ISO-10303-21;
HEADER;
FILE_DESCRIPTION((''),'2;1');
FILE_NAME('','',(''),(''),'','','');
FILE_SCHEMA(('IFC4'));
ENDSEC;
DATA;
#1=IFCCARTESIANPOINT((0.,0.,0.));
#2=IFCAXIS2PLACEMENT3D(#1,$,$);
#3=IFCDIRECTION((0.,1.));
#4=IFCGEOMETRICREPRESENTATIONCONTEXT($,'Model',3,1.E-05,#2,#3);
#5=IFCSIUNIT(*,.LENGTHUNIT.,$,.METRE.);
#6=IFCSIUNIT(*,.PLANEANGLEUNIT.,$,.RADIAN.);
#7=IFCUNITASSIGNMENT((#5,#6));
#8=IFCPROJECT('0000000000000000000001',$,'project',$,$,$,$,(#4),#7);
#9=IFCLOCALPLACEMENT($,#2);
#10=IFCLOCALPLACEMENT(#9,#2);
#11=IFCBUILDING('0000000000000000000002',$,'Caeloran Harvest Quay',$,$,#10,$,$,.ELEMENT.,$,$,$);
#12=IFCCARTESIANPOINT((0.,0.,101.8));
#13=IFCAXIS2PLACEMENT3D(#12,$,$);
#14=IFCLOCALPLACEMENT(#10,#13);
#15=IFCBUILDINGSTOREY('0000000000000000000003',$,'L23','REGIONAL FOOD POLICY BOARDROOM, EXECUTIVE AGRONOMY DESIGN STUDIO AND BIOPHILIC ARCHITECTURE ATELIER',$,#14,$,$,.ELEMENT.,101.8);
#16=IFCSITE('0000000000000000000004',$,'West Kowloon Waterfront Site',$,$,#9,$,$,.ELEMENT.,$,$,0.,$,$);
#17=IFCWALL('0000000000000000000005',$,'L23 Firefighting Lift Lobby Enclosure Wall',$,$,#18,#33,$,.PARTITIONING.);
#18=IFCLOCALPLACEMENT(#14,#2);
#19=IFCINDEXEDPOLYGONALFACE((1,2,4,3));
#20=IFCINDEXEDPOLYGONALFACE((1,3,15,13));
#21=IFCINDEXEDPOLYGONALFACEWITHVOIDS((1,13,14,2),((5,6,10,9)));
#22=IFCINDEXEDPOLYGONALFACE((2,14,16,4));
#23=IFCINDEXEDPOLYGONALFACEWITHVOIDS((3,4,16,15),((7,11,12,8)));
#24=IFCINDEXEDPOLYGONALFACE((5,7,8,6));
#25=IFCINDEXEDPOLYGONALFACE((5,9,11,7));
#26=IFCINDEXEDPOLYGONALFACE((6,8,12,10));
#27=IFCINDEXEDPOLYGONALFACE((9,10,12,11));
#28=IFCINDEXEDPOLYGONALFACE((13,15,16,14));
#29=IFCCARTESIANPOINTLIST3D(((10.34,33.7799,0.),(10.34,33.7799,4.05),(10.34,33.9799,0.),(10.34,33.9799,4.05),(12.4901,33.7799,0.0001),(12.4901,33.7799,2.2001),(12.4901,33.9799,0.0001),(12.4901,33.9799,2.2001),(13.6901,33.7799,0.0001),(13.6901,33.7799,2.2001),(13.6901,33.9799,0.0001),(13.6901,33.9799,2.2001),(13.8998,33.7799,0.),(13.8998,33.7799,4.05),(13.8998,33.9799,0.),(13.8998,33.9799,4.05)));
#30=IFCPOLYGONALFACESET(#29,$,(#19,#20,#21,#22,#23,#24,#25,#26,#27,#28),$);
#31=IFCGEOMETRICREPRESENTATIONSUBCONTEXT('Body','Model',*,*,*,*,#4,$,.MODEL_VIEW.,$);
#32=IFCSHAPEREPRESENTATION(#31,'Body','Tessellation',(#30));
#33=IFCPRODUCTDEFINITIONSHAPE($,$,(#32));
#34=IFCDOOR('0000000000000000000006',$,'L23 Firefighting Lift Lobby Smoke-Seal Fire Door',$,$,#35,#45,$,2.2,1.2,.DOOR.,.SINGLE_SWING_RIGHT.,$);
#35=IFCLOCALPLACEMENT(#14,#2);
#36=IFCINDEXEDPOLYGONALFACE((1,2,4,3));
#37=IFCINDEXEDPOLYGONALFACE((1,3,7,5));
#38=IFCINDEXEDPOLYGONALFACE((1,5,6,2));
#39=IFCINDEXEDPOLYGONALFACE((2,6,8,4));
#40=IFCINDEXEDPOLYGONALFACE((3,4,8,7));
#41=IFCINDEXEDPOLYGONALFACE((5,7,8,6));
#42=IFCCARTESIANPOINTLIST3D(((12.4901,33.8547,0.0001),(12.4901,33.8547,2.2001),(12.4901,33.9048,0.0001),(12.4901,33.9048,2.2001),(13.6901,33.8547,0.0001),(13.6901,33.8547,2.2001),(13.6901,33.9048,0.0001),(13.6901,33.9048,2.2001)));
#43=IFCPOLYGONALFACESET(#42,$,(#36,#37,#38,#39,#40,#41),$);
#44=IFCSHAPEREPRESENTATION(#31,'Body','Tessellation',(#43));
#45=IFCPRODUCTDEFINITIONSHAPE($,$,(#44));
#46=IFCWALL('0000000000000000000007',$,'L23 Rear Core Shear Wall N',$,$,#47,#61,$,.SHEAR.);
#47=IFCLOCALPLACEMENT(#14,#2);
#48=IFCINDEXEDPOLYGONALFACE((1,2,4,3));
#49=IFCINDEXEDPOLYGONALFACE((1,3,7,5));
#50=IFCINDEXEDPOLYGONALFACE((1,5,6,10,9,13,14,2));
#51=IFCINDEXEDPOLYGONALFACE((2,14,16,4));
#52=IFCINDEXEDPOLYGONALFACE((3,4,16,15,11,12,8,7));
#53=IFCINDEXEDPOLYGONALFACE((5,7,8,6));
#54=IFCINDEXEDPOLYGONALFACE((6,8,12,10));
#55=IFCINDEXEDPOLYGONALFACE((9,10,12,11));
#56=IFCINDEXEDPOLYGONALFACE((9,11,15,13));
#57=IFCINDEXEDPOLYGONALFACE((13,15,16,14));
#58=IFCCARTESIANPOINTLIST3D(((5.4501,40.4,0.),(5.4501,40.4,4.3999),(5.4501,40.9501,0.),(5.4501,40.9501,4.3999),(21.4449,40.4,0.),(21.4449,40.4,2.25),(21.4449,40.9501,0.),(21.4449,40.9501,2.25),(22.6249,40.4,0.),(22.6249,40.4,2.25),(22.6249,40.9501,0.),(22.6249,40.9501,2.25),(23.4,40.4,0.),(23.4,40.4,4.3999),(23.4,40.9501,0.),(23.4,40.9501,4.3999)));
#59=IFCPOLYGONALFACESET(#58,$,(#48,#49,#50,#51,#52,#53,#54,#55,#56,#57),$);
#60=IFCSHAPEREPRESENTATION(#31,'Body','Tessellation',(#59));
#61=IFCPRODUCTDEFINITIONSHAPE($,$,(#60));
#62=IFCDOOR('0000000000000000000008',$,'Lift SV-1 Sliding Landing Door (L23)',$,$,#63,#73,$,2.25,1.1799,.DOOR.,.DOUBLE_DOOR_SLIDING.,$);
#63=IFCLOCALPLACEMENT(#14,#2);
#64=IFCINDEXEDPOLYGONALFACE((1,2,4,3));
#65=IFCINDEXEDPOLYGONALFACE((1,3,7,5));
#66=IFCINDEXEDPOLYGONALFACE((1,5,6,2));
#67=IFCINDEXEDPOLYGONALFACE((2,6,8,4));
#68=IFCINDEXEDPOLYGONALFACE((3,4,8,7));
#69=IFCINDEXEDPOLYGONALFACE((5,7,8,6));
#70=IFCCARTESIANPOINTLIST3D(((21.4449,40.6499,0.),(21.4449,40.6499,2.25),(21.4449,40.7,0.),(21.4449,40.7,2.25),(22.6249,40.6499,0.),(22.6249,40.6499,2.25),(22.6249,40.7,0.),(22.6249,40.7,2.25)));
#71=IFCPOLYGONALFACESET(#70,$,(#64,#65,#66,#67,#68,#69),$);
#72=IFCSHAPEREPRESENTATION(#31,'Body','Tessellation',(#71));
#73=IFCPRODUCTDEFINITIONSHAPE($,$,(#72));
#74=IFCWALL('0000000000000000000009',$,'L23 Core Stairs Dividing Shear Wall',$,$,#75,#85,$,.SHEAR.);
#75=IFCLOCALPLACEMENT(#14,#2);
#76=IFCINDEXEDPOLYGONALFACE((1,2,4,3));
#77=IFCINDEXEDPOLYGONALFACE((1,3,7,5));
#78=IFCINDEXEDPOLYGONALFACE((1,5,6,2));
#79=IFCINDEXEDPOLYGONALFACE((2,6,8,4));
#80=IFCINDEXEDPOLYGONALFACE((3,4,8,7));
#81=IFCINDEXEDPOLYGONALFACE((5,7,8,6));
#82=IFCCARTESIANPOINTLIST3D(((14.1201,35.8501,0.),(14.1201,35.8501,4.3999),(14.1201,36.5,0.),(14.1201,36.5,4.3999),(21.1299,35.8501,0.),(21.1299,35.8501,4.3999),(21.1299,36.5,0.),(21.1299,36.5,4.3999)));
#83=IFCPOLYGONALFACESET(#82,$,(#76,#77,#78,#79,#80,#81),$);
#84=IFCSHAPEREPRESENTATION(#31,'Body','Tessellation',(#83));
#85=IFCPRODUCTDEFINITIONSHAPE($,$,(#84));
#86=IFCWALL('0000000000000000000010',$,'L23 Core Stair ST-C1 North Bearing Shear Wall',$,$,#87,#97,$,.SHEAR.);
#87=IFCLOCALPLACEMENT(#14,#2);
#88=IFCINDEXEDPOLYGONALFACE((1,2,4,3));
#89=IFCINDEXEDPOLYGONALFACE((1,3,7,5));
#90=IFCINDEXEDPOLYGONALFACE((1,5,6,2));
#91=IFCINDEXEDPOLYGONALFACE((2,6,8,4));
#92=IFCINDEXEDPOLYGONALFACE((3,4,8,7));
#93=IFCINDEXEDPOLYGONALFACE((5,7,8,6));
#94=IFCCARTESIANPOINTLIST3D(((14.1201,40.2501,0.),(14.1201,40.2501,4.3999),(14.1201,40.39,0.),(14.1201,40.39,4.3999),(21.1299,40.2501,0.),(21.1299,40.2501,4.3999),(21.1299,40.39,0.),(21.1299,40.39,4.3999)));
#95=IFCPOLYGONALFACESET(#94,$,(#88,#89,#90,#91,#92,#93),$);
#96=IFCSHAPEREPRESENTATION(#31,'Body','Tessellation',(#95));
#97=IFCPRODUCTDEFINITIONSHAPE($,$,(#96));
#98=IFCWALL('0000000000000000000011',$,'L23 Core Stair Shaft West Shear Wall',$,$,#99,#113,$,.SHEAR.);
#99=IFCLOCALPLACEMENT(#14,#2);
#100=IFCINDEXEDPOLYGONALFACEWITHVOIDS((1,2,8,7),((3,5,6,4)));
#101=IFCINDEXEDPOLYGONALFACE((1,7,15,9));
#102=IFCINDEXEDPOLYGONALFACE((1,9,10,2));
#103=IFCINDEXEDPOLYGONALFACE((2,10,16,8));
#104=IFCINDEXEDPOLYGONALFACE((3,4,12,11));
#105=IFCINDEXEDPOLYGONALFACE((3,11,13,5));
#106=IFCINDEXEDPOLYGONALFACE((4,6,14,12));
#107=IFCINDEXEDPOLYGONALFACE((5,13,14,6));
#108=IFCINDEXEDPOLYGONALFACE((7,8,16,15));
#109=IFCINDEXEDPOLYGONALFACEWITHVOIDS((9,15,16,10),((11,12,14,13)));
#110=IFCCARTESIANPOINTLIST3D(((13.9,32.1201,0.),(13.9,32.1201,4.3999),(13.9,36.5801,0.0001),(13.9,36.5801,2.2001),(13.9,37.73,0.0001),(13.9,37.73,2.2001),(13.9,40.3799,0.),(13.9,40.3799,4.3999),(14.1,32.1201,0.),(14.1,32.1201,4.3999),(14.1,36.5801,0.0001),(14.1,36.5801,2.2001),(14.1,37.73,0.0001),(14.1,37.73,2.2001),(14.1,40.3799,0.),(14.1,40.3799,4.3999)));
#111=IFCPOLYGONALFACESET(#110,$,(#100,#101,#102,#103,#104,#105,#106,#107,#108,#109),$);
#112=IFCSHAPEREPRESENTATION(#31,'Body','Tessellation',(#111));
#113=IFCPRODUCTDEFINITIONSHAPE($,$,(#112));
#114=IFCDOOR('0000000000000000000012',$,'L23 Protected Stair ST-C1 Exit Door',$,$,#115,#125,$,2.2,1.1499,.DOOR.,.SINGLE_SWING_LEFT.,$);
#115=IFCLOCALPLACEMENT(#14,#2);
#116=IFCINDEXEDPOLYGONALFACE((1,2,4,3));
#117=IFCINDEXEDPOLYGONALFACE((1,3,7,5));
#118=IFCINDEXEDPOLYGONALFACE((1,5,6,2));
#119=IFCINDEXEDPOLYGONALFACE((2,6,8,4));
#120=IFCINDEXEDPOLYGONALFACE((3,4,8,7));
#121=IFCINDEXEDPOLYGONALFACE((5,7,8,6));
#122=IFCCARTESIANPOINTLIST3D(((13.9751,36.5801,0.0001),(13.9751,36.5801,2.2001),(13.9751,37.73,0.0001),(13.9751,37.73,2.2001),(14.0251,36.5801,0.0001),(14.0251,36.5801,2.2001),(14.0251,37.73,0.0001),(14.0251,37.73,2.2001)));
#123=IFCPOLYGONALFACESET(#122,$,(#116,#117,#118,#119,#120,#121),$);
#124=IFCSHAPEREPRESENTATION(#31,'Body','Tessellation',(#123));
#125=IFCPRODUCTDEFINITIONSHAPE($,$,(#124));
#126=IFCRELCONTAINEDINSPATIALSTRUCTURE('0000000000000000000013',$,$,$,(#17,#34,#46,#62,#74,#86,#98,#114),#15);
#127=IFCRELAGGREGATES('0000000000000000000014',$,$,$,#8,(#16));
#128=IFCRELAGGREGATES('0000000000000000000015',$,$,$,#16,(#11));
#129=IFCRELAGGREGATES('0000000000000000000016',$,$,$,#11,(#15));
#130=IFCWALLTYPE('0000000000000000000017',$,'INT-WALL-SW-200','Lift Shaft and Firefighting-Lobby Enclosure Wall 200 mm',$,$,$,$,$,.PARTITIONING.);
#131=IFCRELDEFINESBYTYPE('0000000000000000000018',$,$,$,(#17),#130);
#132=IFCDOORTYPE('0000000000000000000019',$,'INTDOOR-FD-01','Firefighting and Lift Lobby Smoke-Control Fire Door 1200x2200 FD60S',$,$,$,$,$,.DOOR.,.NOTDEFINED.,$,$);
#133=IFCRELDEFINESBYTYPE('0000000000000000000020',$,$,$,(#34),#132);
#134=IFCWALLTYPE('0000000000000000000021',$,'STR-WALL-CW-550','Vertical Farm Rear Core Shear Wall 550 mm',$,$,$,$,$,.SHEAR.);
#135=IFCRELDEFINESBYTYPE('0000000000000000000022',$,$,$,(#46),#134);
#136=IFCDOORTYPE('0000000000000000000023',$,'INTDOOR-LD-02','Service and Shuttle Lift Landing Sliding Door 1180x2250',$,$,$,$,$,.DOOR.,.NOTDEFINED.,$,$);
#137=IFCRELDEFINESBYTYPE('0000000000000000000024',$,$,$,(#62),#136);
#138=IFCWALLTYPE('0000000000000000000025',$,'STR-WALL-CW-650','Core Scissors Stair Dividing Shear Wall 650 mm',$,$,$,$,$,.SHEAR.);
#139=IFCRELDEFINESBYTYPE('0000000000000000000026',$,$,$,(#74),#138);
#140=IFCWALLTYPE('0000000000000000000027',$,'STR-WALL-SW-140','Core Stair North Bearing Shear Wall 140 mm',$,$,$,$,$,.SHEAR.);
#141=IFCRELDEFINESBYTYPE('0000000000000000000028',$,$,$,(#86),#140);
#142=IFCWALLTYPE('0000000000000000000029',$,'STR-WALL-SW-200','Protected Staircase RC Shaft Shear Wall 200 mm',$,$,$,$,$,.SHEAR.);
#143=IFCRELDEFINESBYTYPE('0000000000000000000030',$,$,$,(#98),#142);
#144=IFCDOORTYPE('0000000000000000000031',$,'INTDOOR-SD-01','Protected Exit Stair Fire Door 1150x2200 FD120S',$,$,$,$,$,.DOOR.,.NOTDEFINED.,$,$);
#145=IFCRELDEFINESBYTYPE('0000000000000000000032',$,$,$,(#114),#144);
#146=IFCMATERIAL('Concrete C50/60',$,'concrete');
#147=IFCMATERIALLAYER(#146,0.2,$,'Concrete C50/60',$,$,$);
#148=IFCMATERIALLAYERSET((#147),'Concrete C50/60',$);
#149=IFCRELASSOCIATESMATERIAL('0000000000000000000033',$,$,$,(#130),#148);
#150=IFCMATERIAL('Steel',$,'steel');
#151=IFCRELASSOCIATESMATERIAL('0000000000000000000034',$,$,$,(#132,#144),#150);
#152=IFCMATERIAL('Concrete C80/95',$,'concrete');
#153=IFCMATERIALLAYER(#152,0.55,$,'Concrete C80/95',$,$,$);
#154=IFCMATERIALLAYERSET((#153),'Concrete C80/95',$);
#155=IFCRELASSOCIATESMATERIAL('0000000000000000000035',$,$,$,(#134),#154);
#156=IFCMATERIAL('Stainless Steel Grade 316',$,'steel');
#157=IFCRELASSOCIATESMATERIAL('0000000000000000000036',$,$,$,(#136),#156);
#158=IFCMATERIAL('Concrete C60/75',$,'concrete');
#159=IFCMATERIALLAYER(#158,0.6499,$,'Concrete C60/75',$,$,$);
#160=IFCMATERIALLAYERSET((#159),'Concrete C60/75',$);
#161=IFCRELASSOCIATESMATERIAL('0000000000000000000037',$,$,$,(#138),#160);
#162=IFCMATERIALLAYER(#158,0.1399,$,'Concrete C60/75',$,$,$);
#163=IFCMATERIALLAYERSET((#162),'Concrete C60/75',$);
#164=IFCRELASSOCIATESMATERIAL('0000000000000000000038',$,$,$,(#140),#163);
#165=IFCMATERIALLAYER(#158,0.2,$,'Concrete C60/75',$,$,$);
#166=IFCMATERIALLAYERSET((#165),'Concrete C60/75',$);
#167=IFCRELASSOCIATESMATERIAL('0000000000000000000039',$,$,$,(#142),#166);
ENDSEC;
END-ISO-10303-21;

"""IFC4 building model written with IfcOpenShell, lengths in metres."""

from ifc_helpers import new_model, si_unit, direction, frame, frame_2d, origin, place, context, subcontext, project, spatial, rectangle, extrude, material, layer, layer_set, type_object, element, fill, save


model = new_model("IFC4")

# Units and contexts
model_context = context("Model", 3, precision=1e-05, world=origin(), true_north=direction((0.0, 1.0)))
body_context = subcontext(model_context, "Body", "Model", "MODEL_VIEW")
ifc_project = project(units=[si_unit("LENGTHUNIT", "METRE"), si_unit("PLANEANGLEUNIT", "RADIAN")], contexts=[model_context])

# Site, building, storey
site_placement = place(None, origin())
site = spatial("IfcSite", under=ifc_project, at=site_placement, Name="West Kowloon Waterfront Site", CompositionType="ELEMENT", RefElevation=0.0)
building_placement = place(site_placement, origin())
building = spatial("IfcBuilding", under=site, at=building_placement, Name="Caeloran Harvest Quay", CompositionType="ELEMENT")
storey_placement = place(building_placement, frame((0.0, 0.0, 101.8)))
storey = spatial("IfcBuildingStorey", under=building, at=storey_placement, Name="L23", Description="REGIONAL FOOD POLICY BOARDROOM, EXECUTIVE AGRONOMY DESIGN STUDIO AND BIOPHILIC ARCHITECTURE ATELIER", CompositionType="ELEMENT", Elevation=101.8)

# Shared definitions
ifc_material_1 = material(Name="Concrete C50/60", Category="concrete")
ifc_layer_1 = layer(ifc_material_1, 0.2, Name="Concrete C50/60")
ifc_layer_set_1 = layer_set([ifc_layer_1], Name="Concrete C50/60")
wall_type_1 = type_object("IfcWallType", Name="INT-WALL-SW-200", Description="Lift Shaft and Firefighting-Lobby Enclosure Wall 200 mm", PredefinedType="PARTITIONING", material=ifc_layer_set_1)

# Shared definitions
ifc_material_2 = material(Name="Stainless Steel Grade 316", Category="steel")

# Walls, openings, doors
wall_1_placement = place(storey_placement, frame((10.3401, 33.8799, 0.0), z_axis=(0.0, 0.0, 1.0), x_axis=(1.0, 0.0, 0.0)))
wall_1 = element("IfcWall", 1, at=wall_1_placement, inside=storey, type_object=wall_type_1, Name="L23 Firefighting Lift Lobby Enclosure Wall", PredefinedType="PARTITIONING", context=body_context, shape_type="SweptSolid", body=[
    extrude(rectangle(XDim=3.5598, YDim=0.2, at=frame_2d((1.7798, 0.0))), origin(), (0.0, 0.0, 1.0), 4.05),
])
opening_1_placement = place(wall_1_placement, frame((2.1499, 0.0, 0.0)))
opening_1 = element("IfcOpeningElement", 2, at=opening_1_placement, cuts=wall_1, PredefinedType="OPENING", context=body_context, shape_type="SweptSolid", body=[
    extrude(rectangle(XDim=1.2, YDim=2.2, at=frame_2d((0.6001, 1.1001))), frame((0.0, 0.1099, 0.0), z_axis=(0.0, -1.0, 0.0), x_axis=(1.0, 0.0, 0.0)), (0.0, 0.0, 1.0), 0.22),
])
ifc_material_3 = material(Name="Steel", Category="steel")
door_type_1 = type_object("IfcDoorType", Name="INTDOOR-FD-01", Description="Firefighting and Lift Lobby Smoke-Control Fire Door 1200x2200 FD60S", OperationType="NOTDEFINED", PredefinedType="DOOR", material=ifc_material_3)
door_1_placement = place(opening_1_placement, origin())
door_1 = element("IfcDoor", 3, at=door_1_placement, inside=storey, type_object=door_type_1, Name="L23 Firefighting Lift Lobby Smoke-Seal Fire Door", OperationType="SINGLE_SWING_RIGHT", OverallHeight=2.2, OverallWidth=1.2, PredefinedType="DOOR", context=body_context, shape_type="SweptSolid", body=[
    extrude(rectangle(XDim=1.2, YDim=2.2, at=frame_2d((0.6001, 1.1001))), frame((0.0, 0.0249, 0.0), z_axis=(0.0, -1.0, 0.0), x_axis=(1.0, 0.0, 0.0)), (0.0, 0.0, 1.0), 0.05),
])
fill(opening_1, door_1)
ifc_material_4 = material(Name="Concrete C80/95", Category="concrete")
ifc_layer_2 = layer(ifc_material_4, 0.55, Name="Concrete C80/95")
ifc_layer_set_2 = layer_set([ifc_layer_2], Name="Concrete C80/95")
wall_type_2 = type_object("IfcWallType", Name="STR-WALL-CW-550", Description="Vertical Farm Rear Core Shear Wall 550 mm", PredefinedType="SHEAR", material=ifc_layer_set_2)
wall_2_placement = place(storey_placement, frame((5.45, 40.675, 0.0), z_axis=(0.0, 0.0, 1.0), x_axis=(1.0, 0.0, 0.0)))
wall_2 = element("IfcWall", 4, at=wall_2_placement, inside=storey, type_object=wall_type_2, Name="L23 Rear Core Shear Wall N", PredefinedType="SHEAR", context=body_context, shape_type="SweptSolid", body=[
    extrude(rectangle(XDim=17.95, YDim=0.55, at=frame_2d((8.9751, 0.0))), origin(), (0.0, 0.0, 1.0), 4.3999),
])
opening_2_placement = place(wall_2_placement, frame((15.9951, 0.0, 0.0)))
opening_2 = element("IfcOpeningElement", 5, at=opening_2_placement, cuts=wall_2, PredefinedType="OPENING", context=body_context, shape_type="SweptSolid", body=[
    extrude(rectangle(XDim=1.1799, YDim=2.25, at=frame_2d((0.5898, 1.125))), frame((0.0, 0.2852, 0.0), z_axis=(0.0, -1.0, 0.0), x_axis=(1.0, 0.0, 0.0)), (0.0, 0.0, 1.0), 0.5701),
])
door_type_2 = type_object("IfcDoorType", Name="INTDOOR-LD-02", Description="Service and Shuttle Lift Landing Sliding Door 1180x2250", OperationType="NOTDEFINED", PredefinedType="DOOR", material=ifc_material_2)
door_2_placement = place(opening_2_placement, origin())
door_2 = element("IfcDoor", 6, at=door_2_placement, inside=storey, type_object=door_type_2, Name="Lift SV-1 Sliding Landing Door (L23)", OperationType="DOUBLE_DOOR_SLIDING", OverallHeight=2.25, OverallWidth=1.1799, PredefinedType="DOOR", context=body_context, shape_type="SweptSolid", body=[
    extrude(rectangle(XDim=1.1799, YDim=2.25, at=frame_2d((0.5898, 1.125))), frame((0.0, 0.0249, 0.0), z_axis=(0.0, -1.0, 0.0), x_axis=(1.0, 0.0, 0.0)), (0.0, 0.0, 1.0), 0.05),
])
fill(opening_2, door_2)

# Walls
ifc_material_5 = material(Name="Concrete C60/75", Category="concrete")
ifc_layer_3 = layer(ifc_material_5, 0.6499, Name="Concrete C60/75")
ifc_layer_set_3 = layer_set([ifc_layer_3], Name="Concrete C60/75")
wall_type_3 = type_object("IfcWallType", Name="STR-WALL-CW-650", Description="Core Scissors Stair Dividing Shear Wall 650 mm", PredefinedType="SHEAR", material=ifc_layer_set_3)
wall_3_placement = place(storey_placement, frame((14.1201, 36.175, 0.0), z_axis=(0.0, 0.0, 1.0), x_axis=(1.0, 0.0, 0.0)))
element("IfcWall", 7, at=wall_3_placement, inside=storey, type_object=wall_type_3, Name="L23 Core Stairs Dividing Shear Wall", PredefinedType="SHEAR", context=body_context, shape_type="SweptSolid", body=[
    extrude(rectangle(XDim=7.0098, YDim=0.6499, at=frame_2d((3.5049, 0.0))), origin(), (0.0, 0.0, 1.0), 4.3999),
])
ifc_layer_4 = layer(ifc_material_5, 0.1399, Name="Concrete C60/75")
ifc_layer_set_4 = layer_set([ifc_layer_4], Name="Concrete C60/75")
wall_type_4 = type_object("IfcWallType", Name="STR-WALL-SW-140", Description="Core Stair North Bearing Shear Wall 140 mm", PredefinedType="SHEAR", material=ifc_layer_set_4)
wall_4_placement = place(storey_placement, frame((14.1201, 40.3201, 0.0), z_axis=(0.0, 0.0, 1.0), x_axis=(1.0, 0.0, 0.0)))
element("IfcWall", 8, at=wall_4_placement, inside=storey, type_object=wall_type_4, Name="L23 Core Stair ST-C1 North Bearing Shear Wall", PredefinedType="SHEAR", context=body_context, shape_type="SweptSolid", body=[
    extrude(rectangle(XDim=7.0098, YDim=0.1399, at=frame_2d((3.5049, 0.0))), origin(), (0.0, 0.0, 1.0), 4.3999),
])

# Wall, opening, door
ifc_layer_5 = layer(ifc_material_5, 0.2, Name="Concrete C60/75")
ifc_layer_set_5 = layer_set([ifc_layer_5], Name="Concrete C60/75")
wall_type_5 = type_object("IfcWallType", Name="STR-WALL-SW-200", Description="Protected Staircase RC Shaft Shear Wall 200 mm", PredefinedType="SHEAR", material=ifc_layer_set_5)
wall_5_placement = place(storey_placement, frame((14.0, 32.1201, 0.0), z_axis=(0.0, 0.0, 1.0), x_axis=(0.0, 1.0, 0.0)))
wall_5 = element("IfcWall", 9, at=wall_5_placement, inside=storey, type_object=wall_type_5, Name="L23 Core Stair Shaft West Shear Wall", PredefinedType="SHEAR", context=body_context, shape_type="SweptSolid", body=[
    extrude(rectangle(XDim=8.2598, YDim=0.2, at=frame_2d((4.1299, 0.0))), origin(), (0.0, 0.0, 1.0), 4.3999),
])
opening_3_placement = place(wall_5_placement, frame((4.46, 0.0, 0.0)))
opening_3 = element("IfcOpeningElement", 10, at=opening_3_placement, cuts=wall_5, PredefinedType="OPENING", context=body_context, shape_type="SweptSolid", body=[
    extrude(rectangle(XDim=1.1499, YDim=2.2, at=frame_2d((0.575, 1.1001))), frame((0.0, 0.1099, 0.0), z_axis=(0.0, -1.0, 0.0), x_axis=(1.0, 0.0, 0.0)), (0.0, 0.0, 1.0), 0.22),
])
door_type_3 = type_object("IfcDoorType", Name="INTDOOR-SD-01", Description="Protected Exit Stair Fire Door 1150x2200 FD120S", OperationType="NOTDEFINED", PredefinedType="DOOR", material=ifc_material_3)
door_3_placement = place(opening_3_placement, origin())
door_3 = element("IfcDoor", 11, at=door_3_placement, inside=storey, type_object=door_type_3, Name="L23 Protected Stair ST-C1 Exit Door", OperationType="SINGLE_SWING_LEFT", OverallHeight=2.2, OverallWidth=1.1499, PredefinedType="DOOR", context=body_context, shape_type="SweptSolid", body=[
    extrude(rectangle(XDim=1.1499, YDim=2.2, at=frame_2d((0.575, 1.1001))), frame((0.0, 0.0249, 0.0), z_axis=(0.0, -1.0, 0.0), x_axis=(1.0, 0.0, 0.0)), (0.0, 0.0, 1.0), 0.05),
])
fill(opening_3, door_3)

save(model, "model.ifc")
